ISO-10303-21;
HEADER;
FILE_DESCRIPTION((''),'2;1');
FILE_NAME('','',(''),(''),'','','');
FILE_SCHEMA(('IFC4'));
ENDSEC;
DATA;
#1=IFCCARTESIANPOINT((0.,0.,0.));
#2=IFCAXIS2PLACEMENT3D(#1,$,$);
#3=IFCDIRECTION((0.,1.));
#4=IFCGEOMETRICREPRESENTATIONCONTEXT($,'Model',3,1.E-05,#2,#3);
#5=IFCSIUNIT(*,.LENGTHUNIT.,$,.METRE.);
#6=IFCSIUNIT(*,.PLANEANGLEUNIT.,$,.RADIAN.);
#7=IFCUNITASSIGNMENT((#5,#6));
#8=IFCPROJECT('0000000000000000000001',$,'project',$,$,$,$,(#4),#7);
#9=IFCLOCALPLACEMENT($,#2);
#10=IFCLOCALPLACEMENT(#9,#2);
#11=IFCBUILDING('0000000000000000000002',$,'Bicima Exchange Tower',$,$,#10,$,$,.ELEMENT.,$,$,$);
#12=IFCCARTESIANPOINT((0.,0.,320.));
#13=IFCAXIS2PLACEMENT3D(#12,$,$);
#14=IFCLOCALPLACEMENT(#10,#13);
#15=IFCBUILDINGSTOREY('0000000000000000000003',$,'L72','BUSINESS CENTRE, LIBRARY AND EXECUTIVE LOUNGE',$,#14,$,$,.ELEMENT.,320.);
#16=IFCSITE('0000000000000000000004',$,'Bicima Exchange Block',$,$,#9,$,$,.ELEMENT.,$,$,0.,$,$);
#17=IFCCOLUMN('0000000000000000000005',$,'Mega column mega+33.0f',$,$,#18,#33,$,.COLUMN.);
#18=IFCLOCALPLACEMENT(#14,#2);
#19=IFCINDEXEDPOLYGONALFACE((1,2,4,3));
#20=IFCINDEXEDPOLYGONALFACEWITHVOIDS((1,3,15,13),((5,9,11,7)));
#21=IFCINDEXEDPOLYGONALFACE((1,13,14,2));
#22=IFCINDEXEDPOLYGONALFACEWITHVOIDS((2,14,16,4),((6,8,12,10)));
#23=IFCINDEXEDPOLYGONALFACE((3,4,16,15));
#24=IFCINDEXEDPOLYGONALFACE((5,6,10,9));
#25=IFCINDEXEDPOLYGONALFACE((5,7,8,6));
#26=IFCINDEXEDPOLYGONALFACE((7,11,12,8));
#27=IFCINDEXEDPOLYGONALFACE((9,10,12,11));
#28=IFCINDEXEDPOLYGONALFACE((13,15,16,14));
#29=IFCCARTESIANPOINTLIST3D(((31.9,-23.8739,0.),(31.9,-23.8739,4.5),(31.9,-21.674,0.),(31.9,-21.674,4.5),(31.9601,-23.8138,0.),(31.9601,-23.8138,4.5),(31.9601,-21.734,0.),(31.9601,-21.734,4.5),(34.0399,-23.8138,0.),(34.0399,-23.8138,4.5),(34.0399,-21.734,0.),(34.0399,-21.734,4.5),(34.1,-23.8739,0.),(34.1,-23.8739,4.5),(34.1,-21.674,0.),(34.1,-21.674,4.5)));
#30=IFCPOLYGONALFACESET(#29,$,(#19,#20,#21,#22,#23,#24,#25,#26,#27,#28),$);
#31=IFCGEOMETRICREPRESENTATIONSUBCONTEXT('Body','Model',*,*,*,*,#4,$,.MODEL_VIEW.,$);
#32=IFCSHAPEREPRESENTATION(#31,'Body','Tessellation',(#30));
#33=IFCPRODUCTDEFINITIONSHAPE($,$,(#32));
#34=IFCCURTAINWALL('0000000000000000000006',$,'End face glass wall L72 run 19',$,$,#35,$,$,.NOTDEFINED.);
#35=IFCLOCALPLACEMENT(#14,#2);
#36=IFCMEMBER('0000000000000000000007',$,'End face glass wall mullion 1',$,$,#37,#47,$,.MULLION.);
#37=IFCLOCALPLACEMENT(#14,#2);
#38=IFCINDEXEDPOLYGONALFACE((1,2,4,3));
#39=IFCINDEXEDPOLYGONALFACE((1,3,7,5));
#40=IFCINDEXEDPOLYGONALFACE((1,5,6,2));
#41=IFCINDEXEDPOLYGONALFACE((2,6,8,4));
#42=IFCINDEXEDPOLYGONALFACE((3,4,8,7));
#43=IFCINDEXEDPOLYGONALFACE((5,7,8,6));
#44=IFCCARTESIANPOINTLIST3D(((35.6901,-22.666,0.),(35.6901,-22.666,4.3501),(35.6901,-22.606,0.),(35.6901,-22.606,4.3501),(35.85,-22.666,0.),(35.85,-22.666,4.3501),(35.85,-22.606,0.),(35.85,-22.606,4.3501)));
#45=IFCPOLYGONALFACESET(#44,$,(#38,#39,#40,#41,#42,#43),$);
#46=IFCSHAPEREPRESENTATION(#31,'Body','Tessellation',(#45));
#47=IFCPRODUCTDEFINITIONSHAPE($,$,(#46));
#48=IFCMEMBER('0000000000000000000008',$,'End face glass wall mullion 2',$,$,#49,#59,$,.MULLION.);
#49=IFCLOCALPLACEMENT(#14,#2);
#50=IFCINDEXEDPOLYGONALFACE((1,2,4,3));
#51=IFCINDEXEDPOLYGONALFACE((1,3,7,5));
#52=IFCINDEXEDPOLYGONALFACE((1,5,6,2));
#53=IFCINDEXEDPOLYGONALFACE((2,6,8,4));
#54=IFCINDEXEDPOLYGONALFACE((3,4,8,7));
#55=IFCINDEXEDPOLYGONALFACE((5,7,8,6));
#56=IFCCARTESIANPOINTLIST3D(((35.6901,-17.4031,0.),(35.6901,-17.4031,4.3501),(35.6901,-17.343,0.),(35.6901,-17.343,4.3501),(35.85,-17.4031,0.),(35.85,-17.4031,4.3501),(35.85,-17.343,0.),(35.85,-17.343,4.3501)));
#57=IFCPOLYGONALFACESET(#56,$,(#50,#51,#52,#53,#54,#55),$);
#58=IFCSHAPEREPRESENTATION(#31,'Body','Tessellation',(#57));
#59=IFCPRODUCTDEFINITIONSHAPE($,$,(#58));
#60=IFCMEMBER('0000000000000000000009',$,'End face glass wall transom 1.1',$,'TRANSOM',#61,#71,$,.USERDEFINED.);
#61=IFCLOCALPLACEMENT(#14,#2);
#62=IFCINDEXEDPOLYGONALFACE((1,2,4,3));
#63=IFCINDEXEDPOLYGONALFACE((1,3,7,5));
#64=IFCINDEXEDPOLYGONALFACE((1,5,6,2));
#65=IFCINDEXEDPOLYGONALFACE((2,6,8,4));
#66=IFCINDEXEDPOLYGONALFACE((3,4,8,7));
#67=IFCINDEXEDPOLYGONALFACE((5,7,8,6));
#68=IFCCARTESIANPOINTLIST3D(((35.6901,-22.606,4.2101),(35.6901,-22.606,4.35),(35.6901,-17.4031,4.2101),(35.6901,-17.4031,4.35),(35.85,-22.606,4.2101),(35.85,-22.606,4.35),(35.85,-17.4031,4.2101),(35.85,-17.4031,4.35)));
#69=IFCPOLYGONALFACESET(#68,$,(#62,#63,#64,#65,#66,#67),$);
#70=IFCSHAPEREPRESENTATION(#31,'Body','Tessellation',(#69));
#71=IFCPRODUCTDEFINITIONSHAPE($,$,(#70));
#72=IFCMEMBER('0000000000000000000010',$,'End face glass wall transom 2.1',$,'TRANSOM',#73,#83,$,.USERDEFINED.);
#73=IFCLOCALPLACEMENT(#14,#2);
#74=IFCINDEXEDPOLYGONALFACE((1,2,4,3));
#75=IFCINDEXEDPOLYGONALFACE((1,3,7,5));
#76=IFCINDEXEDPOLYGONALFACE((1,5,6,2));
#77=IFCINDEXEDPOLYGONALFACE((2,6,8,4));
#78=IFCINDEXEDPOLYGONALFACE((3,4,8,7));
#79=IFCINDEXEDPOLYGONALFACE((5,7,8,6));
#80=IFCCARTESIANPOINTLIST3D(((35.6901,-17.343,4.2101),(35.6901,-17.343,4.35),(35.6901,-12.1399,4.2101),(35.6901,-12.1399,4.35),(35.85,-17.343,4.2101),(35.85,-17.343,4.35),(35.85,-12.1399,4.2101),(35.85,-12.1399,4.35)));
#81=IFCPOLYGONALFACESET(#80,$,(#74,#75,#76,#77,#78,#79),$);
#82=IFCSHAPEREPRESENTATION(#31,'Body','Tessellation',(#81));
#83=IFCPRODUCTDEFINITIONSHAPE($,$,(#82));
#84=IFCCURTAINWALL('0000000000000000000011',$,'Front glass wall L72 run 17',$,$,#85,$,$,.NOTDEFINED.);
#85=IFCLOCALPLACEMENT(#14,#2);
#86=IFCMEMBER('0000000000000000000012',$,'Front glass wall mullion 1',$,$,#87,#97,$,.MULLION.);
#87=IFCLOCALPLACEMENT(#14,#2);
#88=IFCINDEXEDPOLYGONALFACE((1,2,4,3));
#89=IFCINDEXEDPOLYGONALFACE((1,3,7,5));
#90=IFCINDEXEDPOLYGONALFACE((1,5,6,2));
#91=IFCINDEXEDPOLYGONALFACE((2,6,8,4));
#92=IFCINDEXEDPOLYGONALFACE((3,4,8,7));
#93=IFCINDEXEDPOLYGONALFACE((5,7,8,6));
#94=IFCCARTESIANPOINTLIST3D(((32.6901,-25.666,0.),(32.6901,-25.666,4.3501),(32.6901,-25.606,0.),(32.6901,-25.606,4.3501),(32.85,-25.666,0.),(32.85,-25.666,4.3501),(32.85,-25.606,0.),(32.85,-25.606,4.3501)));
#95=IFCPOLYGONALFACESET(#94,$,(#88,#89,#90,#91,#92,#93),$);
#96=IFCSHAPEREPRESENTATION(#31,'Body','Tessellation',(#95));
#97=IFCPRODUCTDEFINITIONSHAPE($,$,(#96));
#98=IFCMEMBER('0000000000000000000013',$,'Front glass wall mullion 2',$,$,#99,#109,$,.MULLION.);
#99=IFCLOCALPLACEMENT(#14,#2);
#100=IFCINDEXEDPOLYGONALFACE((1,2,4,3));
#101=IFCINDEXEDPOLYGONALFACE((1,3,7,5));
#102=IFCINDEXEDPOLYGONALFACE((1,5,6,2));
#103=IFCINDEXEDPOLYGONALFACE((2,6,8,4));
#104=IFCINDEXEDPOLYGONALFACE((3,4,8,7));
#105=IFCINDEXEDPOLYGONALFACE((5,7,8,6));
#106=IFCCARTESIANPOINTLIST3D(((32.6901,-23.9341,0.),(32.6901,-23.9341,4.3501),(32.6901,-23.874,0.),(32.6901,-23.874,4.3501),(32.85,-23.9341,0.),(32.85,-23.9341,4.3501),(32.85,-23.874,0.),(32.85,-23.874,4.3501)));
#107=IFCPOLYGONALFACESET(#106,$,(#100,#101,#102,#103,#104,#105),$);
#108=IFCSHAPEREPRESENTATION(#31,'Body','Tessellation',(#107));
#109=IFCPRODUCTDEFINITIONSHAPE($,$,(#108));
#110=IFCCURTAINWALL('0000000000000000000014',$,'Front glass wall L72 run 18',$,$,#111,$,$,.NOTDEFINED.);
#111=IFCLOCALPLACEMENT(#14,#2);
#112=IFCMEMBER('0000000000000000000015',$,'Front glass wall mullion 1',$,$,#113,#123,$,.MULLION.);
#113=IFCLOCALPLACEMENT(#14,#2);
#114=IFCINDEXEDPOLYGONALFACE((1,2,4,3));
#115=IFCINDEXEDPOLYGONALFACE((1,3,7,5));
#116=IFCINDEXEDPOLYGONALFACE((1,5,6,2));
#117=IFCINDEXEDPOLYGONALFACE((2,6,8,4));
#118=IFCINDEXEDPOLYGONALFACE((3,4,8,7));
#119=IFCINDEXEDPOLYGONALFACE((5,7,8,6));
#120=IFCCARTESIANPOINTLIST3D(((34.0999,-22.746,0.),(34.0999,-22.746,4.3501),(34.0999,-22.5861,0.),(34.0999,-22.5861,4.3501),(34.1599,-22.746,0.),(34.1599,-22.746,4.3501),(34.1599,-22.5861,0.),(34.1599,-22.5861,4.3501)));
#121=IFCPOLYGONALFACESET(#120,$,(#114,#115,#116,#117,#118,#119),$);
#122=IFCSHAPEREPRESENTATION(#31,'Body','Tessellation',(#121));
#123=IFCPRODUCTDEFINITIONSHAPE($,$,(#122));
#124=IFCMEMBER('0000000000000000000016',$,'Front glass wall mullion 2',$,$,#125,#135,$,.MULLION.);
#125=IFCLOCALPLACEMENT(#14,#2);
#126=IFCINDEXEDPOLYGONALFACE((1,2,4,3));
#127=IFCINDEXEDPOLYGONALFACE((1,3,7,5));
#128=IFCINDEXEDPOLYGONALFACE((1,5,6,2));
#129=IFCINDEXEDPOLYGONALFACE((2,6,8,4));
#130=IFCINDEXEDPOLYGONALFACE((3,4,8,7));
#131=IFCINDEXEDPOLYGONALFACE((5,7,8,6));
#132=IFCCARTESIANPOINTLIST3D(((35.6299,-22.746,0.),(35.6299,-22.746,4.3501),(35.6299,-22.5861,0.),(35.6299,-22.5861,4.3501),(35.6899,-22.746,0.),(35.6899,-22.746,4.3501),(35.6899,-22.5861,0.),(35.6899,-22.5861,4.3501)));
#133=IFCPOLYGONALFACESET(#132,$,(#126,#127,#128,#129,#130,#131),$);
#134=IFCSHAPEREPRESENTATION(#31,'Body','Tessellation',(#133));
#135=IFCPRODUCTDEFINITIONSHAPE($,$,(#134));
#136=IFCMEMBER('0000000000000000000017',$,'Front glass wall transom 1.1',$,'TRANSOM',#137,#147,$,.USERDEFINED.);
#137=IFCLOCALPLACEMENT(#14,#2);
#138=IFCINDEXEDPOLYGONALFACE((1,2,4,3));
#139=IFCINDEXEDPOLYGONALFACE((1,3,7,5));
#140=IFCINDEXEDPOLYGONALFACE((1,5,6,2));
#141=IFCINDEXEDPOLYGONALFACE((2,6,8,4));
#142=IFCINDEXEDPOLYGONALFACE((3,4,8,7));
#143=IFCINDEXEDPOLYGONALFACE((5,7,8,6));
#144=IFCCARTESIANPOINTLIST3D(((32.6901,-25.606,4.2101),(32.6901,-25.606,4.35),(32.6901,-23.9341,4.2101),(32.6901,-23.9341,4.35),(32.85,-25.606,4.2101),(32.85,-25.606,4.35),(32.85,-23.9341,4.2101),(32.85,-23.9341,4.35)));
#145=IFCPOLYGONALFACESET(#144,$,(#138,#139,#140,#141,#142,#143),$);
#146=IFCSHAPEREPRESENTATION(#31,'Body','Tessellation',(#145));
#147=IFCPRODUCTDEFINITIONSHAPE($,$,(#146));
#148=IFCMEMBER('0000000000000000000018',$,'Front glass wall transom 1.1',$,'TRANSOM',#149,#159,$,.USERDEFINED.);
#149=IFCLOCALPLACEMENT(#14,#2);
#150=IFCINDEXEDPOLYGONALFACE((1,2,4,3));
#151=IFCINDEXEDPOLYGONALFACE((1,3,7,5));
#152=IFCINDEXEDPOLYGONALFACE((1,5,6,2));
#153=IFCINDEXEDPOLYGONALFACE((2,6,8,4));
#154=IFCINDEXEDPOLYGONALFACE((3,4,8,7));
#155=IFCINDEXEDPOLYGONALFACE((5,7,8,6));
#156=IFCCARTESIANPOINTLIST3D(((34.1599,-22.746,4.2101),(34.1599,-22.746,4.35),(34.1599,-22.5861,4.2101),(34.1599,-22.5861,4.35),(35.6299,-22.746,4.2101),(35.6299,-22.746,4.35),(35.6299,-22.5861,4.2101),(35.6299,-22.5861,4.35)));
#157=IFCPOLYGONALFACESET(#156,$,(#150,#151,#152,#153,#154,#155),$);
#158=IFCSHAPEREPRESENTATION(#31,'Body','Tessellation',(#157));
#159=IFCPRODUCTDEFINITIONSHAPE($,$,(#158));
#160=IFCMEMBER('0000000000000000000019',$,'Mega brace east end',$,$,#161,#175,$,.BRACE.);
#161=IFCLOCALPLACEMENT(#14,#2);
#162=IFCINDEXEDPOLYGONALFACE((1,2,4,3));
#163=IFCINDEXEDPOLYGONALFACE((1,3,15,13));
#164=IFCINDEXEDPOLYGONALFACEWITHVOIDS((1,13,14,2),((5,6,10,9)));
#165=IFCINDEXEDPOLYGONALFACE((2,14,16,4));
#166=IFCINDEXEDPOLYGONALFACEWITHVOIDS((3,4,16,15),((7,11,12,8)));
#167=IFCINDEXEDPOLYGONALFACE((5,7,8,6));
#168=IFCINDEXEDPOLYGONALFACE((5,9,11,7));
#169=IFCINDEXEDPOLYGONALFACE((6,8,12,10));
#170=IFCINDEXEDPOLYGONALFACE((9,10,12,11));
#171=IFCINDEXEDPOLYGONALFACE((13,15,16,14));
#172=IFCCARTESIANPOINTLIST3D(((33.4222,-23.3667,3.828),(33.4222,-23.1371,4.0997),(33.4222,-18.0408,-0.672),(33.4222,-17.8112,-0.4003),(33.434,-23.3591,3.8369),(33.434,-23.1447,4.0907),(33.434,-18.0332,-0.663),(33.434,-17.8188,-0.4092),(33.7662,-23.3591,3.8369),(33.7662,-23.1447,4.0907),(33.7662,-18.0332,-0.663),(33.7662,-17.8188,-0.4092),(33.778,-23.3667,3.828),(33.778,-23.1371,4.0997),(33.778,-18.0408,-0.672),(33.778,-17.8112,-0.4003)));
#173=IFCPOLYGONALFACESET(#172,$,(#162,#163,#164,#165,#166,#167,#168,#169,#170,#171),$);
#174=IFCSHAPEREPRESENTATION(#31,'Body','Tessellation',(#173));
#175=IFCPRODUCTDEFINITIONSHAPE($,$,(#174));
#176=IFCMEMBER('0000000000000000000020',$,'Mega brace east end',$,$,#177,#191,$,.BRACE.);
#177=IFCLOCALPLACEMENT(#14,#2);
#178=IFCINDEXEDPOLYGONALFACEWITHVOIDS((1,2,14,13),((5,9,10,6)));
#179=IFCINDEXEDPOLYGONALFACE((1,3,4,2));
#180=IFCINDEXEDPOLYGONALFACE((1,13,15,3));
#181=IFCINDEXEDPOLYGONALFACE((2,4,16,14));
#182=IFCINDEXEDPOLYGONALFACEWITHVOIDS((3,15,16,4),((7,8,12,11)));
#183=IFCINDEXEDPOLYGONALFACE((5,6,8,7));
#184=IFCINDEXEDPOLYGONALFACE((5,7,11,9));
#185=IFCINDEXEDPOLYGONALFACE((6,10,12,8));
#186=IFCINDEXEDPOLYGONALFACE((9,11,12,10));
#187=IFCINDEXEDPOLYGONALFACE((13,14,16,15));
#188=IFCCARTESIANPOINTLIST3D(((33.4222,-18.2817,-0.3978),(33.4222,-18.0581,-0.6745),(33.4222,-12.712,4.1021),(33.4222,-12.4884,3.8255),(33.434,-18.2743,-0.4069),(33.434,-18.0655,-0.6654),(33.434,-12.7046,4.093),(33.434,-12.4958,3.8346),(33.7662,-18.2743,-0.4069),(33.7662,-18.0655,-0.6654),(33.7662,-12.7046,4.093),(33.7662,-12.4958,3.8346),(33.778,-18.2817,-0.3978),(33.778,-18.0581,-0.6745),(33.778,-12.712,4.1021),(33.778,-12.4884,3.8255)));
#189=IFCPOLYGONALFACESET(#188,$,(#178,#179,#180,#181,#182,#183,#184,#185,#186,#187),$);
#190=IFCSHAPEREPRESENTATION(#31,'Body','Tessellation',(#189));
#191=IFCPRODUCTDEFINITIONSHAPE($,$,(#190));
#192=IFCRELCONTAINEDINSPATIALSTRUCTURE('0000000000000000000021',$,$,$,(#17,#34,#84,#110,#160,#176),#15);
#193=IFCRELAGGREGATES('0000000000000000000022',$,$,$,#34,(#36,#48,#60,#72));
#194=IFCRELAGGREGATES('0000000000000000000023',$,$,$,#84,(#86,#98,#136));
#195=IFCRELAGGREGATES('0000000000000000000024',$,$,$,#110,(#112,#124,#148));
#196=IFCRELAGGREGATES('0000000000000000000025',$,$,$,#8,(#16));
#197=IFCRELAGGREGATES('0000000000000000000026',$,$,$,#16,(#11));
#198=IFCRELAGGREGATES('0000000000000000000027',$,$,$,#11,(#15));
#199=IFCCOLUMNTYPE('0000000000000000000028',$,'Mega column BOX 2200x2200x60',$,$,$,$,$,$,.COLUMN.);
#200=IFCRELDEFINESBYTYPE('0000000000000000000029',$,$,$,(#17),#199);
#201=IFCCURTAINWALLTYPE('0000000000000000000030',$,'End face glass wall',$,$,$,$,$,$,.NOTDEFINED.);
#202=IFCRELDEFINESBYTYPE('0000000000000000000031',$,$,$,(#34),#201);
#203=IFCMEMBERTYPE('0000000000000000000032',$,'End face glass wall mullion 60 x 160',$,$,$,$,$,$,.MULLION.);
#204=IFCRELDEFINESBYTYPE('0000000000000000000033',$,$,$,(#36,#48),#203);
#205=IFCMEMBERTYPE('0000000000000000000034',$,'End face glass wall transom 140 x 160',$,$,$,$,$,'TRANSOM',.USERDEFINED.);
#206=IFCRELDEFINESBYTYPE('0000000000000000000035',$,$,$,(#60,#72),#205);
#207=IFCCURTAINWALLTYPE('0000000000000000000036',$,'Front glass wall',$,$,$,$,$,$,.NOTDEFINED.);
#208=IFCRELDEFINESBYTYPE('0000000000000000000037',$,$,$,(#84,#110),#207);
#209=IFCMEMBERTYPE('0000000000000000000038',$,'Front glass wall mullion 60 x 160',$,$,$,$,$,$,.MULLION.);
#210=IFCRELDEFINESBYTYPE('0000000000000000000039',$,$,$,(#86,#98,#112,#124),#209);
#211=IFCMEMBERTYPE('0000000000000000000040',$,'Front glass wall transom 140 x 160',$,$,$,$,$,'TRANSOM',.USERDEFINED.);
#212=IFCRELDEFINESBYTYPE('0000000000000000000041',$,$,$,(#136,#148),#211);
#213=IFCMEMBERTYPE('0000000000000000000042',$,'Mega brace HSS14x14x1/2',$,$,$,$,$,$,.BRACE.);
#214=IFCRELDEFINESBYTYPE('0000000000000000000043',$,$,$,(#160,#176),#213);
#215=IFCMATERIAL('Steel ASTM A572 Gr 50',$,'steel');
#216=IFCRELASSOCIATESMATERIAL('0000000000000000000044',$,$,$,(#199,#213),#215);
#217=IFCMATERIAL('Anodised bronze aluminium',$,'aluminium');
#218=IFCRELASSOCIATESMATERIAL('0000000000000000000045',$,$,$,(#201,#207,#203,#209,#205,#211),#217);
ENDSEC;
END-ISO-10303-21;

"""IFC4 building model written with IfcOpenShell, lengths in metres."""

from ifc_helpers import new_model, si_unit, direction, frame, origin, origin_2d, place, context, subcontext, project, spatial, rectangle, hollow_rectangle, extrude, material, material_profile, profile_set, type_object, element, aggregate, save


model = new_model("IFC4")

# Units and contexts
model_context = context("Model", 3, precision=1e-05, world=origin(), true_north=direction((0.0, 1.0)))
body_context = subcontext(model_context, "Body", "Model", "MODEL_VIEW")
ifc_project = project(units=[si_unit("LENGTHUNIT", "METRE"), si_unit("PLANEANGLEUNIT", "RADIAN")], contexts=[model_context])

# Site, building, storey
site_placement = place(None, origin())
site = spatial("IfcSite", under=ifc_project, at=site_placement, Name="Bicima Exchange Block", CompositionType="ELEMENT", RefElevation=0.0)
building_placement = place(site_placement, origin())
building = spatial("IfcBuilding", under=site, at=building_placement, Name="Bicima Exchange Tower", CompositionType="ELEMENT")
storey_placement = place(building_placement, frame((0.0, 0.0, 320.0)))
storey = spatial("IfcBuildingStorey", under=building, at=storey_placement, Name="L72", Description="BUSINESS CENTRE, LIBRARY AND EXECUTIVE LOUNGE", CompositionType="ELEMENT", Elevation=320.0)

# Column
ifc_material_1 = material(Name="Steel ASTM A572 Gr 50", Category="steel")
ifc_material_profile_1 = material_profile(ifc_material_1, hollow_rectangle(XDim=2.2, YDim=2.2, WallThickness=0.0601, at=origin_2d()))
ifc_profile_set_1 = profile_set([ifc_material_profile_1], Name="Steel ASTM A572 Gr 50")
column_type = type_object("IfcColumnType", Name="Mega column BOX 2200x2200x60", PredefinedType="COLUMN", material=ifc_profile_set_1)
column_placement = place(storey_placement, frame((33.0, -22.7739, 0.0), z_axis=(0.0, 0.0, 1.0), x_axis=(1.0, 0.0, 0.0)))
element("IfcColumn", 1, at=column_placement, inside=storey, type_object=column_type, Name="Mega column mega+33.0f", PredefinedType="COLUMN", context=body_context, shape_type="SweptSolid", body=[
    extrude(hollow_rectangle(XDim=2.2, YDim=2.2, WallThickness=0.0601, at=origin_2d()), origin(), (0.0, 0.0, 1.0), 4.5),
])

# Curtain walls, members
ifc_material_2 = material(Name="Anodised bronze aluminium", Category="aluminium")
curtain_wall_type_1 = type_object("IfcCurtainWallType", Name="End face glass wall", PredefinedType="NOTDEFINED", material=ifc_material_2)
curtain_wall_1_placement = place(storey_placement, origin())
curtain_wall_1 = element("IfcCurtainWall", 2, at=curtain_wall_1_placement, inside=storey, type_object=curtain_wall_type_1, Name="End face glass wall L72 run 19", PredefinedType="NOTDEFINED")
ifc_material_profile_2 = material_profile(ifc_material_2, rectangle(XDim=0.1599, YDim=0.0601, at=origin_2d()))
ifc_profile_set_2 = profile_set([ifc_material_profile_2], Name="Anodised bronze aluminium")
member_type_1 = type_object("IfcMemberType", Name="End face glass wall mullion 60 x 160", PredefinedType="MULLION", material=ifc_profile_set_2)
member_1_placement = place(storey_placement, frame((35.77, -22.636, 0.0), z_axis=(0.0, 0.0, 1.0), x_axis=(-1.0, 0.0, 0.0)))
member_1 = element("IfcMember", 3, at=member_1_placement, type_object=member_type_1, Name="End face glass wall mullion 1", PredefinedType="MULLION", context=body_context, shape_type="SweptSolid", body=[
    extrude(rectangle(XDim=0.1599, YDim=0.0601, at=origin_2d()), origin(), (0.0, 0.0, 1.0), 4.3501),
])
member_2_placement = place(storey_placement, frame((35.77, -17.373, 0.0), z_axis=(0.0, 0.0, 1.0), x_axis=(-1.0, 0.0, 0.0)))
member_2 = element("IfcMember", 4, at=member_2_placement, type_object=member_type_1, Name="End face glass wall mullion 2", PredefinedType="MULLION", context=body_context, shape_type="SweptSolid", body=[
    extrude(rectangle(XDim=0.1599, YDim=0.0601, at=origin_2d()), origin(), (0.0, 0.0, 1.0), 4.3501),
])
ifc_material_profile_3 = material_profile(ifc_material_2, rectangle(XDim=0.1599, YDim=0.1399, at=origin_2d()))
ifc_profile_set_3 = profile_set([ifc_material_profile_3], Name="Anodised bronze aluminium")
member_type_2 = type_object("IfcMemberType", Name="End face glass wall transom 140 x 160", ElementType="TRANSOM", PredefinedType="USERDEFINED", material=ifc_profile_set_3)
member_3_placement = place(storey_placement, frame((35.77, -22.606, 4.28), z_axis=(0.0, 1.0, 0.0), x_axis=(-1.0, 0.0, 0.0)))
member_3 = element("IfcMember", 5, at=member_3_placement, type_object=member_type_2, Name="End face glass wall transom 1.1", ObjectType="TRANSOM", PredefinedType="USERDEFINED", context=body_context, shape_type="SweptSolid", body=[
    extrude(rectangle(XDim=0.1599, YDim=0.1399, at=origin_2d()), origin(), (0.0, 0.0, 1.0), 5.2029),
])
member_4_placement = place(storey_placement, frame((35.77, -17.343, 4.28), z_axis=(0.0, 1.0, 0.0), x_axis=(-1.0, 0.0, 0.0)))
member_4 = element("IfcMember", 6, at=member_4_placement, type_object=member_type_2, Name="End face glass wall transom 2.1", ObjectType="TRANSOM", PredefinedType="USERDEFINED", context=body_context, shape_type="SweptSolid", body=[
    extrude(rectangle(XDim=0.1599, YDim=0.1399, at=origin_2d()), origin(), (0.0, 0.0, 1.0), 5.2031),
])
curtain_wall_type_2 = type_object("IfcCurtainWallType", Name="Front glass wall", PredefinedType="NOTDEFINED", material=ifc_material_2)
curtain_wall_2_placement = place(storey_placement, origin())
curtain_wall_2 = element("IfcCurtainWall", 7, at=curtain_wall_2_placement, inside=storey, type_object=curtain_wall_type_2, Name="Front glass wall L72 run 17", PredefinedType="NOTDEFINED")
member_type_3 = type_object("IfcMemberType", Name="Front glass wall mullion 60 x 160", PredefinedType="MULLION", material=ifc_profile_set_2)
member_5_placement = place(storey_placement, frame((32.77, -25.636, 0.0), z_axis=(0.0, 0.0, 1.0), x_axis=(-1.0, 0.0, 0.0)))
member_5 = element("IfcMember", 8, at=member_5_placement, type_object=member_type_3, Name="Front glass wall mullion 1", PredefinedType="MULLION", context=body_context, shape_type="SweptSolid", body=[
    extrude(rectangle(XDim=0.1599, YDim=0.0601, at=origin_2d()), origin(), (0.0, 0.0, 1.0), 4.3501),
])
member_6_placement = place(storey_placement, frame((32.77, -23.9041, 0.0), z_axis=(0.0, 0.0, 1.0), x_axis=(-1.0, 0.0, 0.0)))
member_6 = element("IfcMember", 9, at=member_6_placement, type_object=member_type_3, Name="Front glass wall mullion 2", PredefinedType="MULLION", context=body_context, shape_type="SweptSolid", body=[
    extrude(rectangle(XDim=0.1599, YDim=0.0601, at=origin_2d()), origin(), (0.0, 0.0, 1.0), 4.3501),
])
curtain_wall_3_placement = place(storey_placement, origin())
curtain_wall_3 = element("IfcCurtainWall", 10, at=curtain_wall_3_placement, inside=storey, type_object=curtain_wall_type_2, Name="Front glass wall L72 run 18", PredefinedType="NOTDEFINED")
member_7_placement = place(storey_placement, frame((34.1299, -22.666, 0.0), z_axis=(0.0, 0.0, 1.0), x_axis=(0.0, 1.0, 0.0)))
member_7 = element("IfcMember", 11, at=member_7_placement, type_object=member_type_3, Name="Front glass wall mullion 1", PredefinedType="MULLION", context=body_context, shape_type="SweptSolid", body=[
    extrude(rectangle(XDim=0.1599, YDim=0.0601, at=origin_2d()), origin(), (0.0, 0.0, 1.0), 4.3501),
])
member_8_placement = place(storey_placement, frame((35.6599, -22.666, 0.0), z_axis=(0.0, 0.0, 1.0), x_axis=(0.0, 1.0, 0.0)))
member_8 = element("IfcMember", 12, at=member_8_placement, type_object=member_type_3, Name="Front glass wall mullion 2", PredefinedType="MULLION", context=body_context, shape_type="SweptSolid", body=[
    extrude(rectangle(XDim=0.1599, YDim=0.0601, at=origin_2d()), origin(), (0.0, 0.0, 1.0), 4.3501),
])

# Members
member_type_4 = type_object("IfcMemberType", Name="Front glass wall transom 140 x 160", ElementType="TRANSOM", PredefinedType="USERDEFINED", material=ifc_profile_set_3)
member_9_placement = place(storey_placement, frame((32.77, -25.606, 4.28), z_axis=(0.0, 1.0, 0.0), x_axis=(-1.0, 0.0, 0.0)))
member_9 = element("IfcMember", 13, at=member_9_placement, type_object=member_type_4, Name="Front glass wall transom 1.1", ObjectType="TRANSOM", PredefinedType="USERDEFINED", context=body_context, shape_type="SweptSolid", body=[
    extrude(rectangle(XDim=0.1599, YDim=0.1399, at=origin_2d()), origin(), (0.0, 0.0, 1.0), 1.6719),
])
member_10_placement = place(storey_placement, frame((34.1599, -22.666, 4.28), z_axis=(1.0, 0.0, 0.0), x_axis=(0.0, 1.0, 0.0)))
member_10 = element("IfcMember", 14, at=member_10_placement, type_object=member_type_4, Name="Front glass wall transom 1.1", ObjectType="TRANSOM", PredefinedType="USERDEFINED", context=body_context, shape_type="SweptSolid", body=[
    extrude(rectangle(XDim=0.1599, YDim=0.1399, at=origin_2d()), origin(), (0.0, 0.0, 1.0), 1.47),
])

# Members
ifc_material_profile_4 = material_profile(ifc_material_1, hollow_rectangle(XDim=0.3557, YDim=0.3557, WallThickness=0.0117, at=origin_2d()))
ifc_profile_set_4 = profile_set([ifc_material_profile_4], Name="Steel ASTM A572 Gr 50")
member_type_5 = type_object("IfcMemberType", Name="Mega brace HSS14x14x1/2", PredefinedType="BRACE", material=ifc_profile_set_4)
member_11_placement = place(storey_placement, frame((33.6001, -17.926, -0.5361), z_axis=(0.0, -0.76385, 0.645394), x_axis=(1.0, 0.0, 0.0)))
element("IfcMember", 15, at=member_11_placement, inside=storey, type_object=member_type_5, Name="Mega brace east end", PredefinedType="BRACE", context=body_context, shape_type="SweptSolid", body=[
    extrude(hollow_rectangle(XDim=0.3557, YDim=0.3557, WallThickness=0.0117, at=origin_2d()), origin(), (0.0, 0.0, 1.0), 6.9724),
])
member_12_placement = place(storey_placement, frame((33.6001, -18.1699, -0.5361), z_axis=(0.0, 0.777853, 0.628447), x_axis=(-1.0, 0.0, 0.0)))
element("IfcMember", 16, at=member_12_placement, inside=storey, type_object=member_type_5, Name="Mega brace east end", PredefinedType="BRACE", context=body_context, shape_type="SweptSolid", body=[
    extrude(hollow_rectangle(XDim=0.3557, YDim=0.3557, WallThickness=0.0117, at=origin_2d()), origin(), (0.0, 0.0, 1.0), 7.1604),
])

aggregate(curtain_wall_1, [member_1, member_2, member_3, member_4])
aggregate(curtain_wall_2, [member_5, member_6, member_9])
aggregate(curtain_wall_3, [member_7, member_8, member_10])

save(model, "model.ifc")
